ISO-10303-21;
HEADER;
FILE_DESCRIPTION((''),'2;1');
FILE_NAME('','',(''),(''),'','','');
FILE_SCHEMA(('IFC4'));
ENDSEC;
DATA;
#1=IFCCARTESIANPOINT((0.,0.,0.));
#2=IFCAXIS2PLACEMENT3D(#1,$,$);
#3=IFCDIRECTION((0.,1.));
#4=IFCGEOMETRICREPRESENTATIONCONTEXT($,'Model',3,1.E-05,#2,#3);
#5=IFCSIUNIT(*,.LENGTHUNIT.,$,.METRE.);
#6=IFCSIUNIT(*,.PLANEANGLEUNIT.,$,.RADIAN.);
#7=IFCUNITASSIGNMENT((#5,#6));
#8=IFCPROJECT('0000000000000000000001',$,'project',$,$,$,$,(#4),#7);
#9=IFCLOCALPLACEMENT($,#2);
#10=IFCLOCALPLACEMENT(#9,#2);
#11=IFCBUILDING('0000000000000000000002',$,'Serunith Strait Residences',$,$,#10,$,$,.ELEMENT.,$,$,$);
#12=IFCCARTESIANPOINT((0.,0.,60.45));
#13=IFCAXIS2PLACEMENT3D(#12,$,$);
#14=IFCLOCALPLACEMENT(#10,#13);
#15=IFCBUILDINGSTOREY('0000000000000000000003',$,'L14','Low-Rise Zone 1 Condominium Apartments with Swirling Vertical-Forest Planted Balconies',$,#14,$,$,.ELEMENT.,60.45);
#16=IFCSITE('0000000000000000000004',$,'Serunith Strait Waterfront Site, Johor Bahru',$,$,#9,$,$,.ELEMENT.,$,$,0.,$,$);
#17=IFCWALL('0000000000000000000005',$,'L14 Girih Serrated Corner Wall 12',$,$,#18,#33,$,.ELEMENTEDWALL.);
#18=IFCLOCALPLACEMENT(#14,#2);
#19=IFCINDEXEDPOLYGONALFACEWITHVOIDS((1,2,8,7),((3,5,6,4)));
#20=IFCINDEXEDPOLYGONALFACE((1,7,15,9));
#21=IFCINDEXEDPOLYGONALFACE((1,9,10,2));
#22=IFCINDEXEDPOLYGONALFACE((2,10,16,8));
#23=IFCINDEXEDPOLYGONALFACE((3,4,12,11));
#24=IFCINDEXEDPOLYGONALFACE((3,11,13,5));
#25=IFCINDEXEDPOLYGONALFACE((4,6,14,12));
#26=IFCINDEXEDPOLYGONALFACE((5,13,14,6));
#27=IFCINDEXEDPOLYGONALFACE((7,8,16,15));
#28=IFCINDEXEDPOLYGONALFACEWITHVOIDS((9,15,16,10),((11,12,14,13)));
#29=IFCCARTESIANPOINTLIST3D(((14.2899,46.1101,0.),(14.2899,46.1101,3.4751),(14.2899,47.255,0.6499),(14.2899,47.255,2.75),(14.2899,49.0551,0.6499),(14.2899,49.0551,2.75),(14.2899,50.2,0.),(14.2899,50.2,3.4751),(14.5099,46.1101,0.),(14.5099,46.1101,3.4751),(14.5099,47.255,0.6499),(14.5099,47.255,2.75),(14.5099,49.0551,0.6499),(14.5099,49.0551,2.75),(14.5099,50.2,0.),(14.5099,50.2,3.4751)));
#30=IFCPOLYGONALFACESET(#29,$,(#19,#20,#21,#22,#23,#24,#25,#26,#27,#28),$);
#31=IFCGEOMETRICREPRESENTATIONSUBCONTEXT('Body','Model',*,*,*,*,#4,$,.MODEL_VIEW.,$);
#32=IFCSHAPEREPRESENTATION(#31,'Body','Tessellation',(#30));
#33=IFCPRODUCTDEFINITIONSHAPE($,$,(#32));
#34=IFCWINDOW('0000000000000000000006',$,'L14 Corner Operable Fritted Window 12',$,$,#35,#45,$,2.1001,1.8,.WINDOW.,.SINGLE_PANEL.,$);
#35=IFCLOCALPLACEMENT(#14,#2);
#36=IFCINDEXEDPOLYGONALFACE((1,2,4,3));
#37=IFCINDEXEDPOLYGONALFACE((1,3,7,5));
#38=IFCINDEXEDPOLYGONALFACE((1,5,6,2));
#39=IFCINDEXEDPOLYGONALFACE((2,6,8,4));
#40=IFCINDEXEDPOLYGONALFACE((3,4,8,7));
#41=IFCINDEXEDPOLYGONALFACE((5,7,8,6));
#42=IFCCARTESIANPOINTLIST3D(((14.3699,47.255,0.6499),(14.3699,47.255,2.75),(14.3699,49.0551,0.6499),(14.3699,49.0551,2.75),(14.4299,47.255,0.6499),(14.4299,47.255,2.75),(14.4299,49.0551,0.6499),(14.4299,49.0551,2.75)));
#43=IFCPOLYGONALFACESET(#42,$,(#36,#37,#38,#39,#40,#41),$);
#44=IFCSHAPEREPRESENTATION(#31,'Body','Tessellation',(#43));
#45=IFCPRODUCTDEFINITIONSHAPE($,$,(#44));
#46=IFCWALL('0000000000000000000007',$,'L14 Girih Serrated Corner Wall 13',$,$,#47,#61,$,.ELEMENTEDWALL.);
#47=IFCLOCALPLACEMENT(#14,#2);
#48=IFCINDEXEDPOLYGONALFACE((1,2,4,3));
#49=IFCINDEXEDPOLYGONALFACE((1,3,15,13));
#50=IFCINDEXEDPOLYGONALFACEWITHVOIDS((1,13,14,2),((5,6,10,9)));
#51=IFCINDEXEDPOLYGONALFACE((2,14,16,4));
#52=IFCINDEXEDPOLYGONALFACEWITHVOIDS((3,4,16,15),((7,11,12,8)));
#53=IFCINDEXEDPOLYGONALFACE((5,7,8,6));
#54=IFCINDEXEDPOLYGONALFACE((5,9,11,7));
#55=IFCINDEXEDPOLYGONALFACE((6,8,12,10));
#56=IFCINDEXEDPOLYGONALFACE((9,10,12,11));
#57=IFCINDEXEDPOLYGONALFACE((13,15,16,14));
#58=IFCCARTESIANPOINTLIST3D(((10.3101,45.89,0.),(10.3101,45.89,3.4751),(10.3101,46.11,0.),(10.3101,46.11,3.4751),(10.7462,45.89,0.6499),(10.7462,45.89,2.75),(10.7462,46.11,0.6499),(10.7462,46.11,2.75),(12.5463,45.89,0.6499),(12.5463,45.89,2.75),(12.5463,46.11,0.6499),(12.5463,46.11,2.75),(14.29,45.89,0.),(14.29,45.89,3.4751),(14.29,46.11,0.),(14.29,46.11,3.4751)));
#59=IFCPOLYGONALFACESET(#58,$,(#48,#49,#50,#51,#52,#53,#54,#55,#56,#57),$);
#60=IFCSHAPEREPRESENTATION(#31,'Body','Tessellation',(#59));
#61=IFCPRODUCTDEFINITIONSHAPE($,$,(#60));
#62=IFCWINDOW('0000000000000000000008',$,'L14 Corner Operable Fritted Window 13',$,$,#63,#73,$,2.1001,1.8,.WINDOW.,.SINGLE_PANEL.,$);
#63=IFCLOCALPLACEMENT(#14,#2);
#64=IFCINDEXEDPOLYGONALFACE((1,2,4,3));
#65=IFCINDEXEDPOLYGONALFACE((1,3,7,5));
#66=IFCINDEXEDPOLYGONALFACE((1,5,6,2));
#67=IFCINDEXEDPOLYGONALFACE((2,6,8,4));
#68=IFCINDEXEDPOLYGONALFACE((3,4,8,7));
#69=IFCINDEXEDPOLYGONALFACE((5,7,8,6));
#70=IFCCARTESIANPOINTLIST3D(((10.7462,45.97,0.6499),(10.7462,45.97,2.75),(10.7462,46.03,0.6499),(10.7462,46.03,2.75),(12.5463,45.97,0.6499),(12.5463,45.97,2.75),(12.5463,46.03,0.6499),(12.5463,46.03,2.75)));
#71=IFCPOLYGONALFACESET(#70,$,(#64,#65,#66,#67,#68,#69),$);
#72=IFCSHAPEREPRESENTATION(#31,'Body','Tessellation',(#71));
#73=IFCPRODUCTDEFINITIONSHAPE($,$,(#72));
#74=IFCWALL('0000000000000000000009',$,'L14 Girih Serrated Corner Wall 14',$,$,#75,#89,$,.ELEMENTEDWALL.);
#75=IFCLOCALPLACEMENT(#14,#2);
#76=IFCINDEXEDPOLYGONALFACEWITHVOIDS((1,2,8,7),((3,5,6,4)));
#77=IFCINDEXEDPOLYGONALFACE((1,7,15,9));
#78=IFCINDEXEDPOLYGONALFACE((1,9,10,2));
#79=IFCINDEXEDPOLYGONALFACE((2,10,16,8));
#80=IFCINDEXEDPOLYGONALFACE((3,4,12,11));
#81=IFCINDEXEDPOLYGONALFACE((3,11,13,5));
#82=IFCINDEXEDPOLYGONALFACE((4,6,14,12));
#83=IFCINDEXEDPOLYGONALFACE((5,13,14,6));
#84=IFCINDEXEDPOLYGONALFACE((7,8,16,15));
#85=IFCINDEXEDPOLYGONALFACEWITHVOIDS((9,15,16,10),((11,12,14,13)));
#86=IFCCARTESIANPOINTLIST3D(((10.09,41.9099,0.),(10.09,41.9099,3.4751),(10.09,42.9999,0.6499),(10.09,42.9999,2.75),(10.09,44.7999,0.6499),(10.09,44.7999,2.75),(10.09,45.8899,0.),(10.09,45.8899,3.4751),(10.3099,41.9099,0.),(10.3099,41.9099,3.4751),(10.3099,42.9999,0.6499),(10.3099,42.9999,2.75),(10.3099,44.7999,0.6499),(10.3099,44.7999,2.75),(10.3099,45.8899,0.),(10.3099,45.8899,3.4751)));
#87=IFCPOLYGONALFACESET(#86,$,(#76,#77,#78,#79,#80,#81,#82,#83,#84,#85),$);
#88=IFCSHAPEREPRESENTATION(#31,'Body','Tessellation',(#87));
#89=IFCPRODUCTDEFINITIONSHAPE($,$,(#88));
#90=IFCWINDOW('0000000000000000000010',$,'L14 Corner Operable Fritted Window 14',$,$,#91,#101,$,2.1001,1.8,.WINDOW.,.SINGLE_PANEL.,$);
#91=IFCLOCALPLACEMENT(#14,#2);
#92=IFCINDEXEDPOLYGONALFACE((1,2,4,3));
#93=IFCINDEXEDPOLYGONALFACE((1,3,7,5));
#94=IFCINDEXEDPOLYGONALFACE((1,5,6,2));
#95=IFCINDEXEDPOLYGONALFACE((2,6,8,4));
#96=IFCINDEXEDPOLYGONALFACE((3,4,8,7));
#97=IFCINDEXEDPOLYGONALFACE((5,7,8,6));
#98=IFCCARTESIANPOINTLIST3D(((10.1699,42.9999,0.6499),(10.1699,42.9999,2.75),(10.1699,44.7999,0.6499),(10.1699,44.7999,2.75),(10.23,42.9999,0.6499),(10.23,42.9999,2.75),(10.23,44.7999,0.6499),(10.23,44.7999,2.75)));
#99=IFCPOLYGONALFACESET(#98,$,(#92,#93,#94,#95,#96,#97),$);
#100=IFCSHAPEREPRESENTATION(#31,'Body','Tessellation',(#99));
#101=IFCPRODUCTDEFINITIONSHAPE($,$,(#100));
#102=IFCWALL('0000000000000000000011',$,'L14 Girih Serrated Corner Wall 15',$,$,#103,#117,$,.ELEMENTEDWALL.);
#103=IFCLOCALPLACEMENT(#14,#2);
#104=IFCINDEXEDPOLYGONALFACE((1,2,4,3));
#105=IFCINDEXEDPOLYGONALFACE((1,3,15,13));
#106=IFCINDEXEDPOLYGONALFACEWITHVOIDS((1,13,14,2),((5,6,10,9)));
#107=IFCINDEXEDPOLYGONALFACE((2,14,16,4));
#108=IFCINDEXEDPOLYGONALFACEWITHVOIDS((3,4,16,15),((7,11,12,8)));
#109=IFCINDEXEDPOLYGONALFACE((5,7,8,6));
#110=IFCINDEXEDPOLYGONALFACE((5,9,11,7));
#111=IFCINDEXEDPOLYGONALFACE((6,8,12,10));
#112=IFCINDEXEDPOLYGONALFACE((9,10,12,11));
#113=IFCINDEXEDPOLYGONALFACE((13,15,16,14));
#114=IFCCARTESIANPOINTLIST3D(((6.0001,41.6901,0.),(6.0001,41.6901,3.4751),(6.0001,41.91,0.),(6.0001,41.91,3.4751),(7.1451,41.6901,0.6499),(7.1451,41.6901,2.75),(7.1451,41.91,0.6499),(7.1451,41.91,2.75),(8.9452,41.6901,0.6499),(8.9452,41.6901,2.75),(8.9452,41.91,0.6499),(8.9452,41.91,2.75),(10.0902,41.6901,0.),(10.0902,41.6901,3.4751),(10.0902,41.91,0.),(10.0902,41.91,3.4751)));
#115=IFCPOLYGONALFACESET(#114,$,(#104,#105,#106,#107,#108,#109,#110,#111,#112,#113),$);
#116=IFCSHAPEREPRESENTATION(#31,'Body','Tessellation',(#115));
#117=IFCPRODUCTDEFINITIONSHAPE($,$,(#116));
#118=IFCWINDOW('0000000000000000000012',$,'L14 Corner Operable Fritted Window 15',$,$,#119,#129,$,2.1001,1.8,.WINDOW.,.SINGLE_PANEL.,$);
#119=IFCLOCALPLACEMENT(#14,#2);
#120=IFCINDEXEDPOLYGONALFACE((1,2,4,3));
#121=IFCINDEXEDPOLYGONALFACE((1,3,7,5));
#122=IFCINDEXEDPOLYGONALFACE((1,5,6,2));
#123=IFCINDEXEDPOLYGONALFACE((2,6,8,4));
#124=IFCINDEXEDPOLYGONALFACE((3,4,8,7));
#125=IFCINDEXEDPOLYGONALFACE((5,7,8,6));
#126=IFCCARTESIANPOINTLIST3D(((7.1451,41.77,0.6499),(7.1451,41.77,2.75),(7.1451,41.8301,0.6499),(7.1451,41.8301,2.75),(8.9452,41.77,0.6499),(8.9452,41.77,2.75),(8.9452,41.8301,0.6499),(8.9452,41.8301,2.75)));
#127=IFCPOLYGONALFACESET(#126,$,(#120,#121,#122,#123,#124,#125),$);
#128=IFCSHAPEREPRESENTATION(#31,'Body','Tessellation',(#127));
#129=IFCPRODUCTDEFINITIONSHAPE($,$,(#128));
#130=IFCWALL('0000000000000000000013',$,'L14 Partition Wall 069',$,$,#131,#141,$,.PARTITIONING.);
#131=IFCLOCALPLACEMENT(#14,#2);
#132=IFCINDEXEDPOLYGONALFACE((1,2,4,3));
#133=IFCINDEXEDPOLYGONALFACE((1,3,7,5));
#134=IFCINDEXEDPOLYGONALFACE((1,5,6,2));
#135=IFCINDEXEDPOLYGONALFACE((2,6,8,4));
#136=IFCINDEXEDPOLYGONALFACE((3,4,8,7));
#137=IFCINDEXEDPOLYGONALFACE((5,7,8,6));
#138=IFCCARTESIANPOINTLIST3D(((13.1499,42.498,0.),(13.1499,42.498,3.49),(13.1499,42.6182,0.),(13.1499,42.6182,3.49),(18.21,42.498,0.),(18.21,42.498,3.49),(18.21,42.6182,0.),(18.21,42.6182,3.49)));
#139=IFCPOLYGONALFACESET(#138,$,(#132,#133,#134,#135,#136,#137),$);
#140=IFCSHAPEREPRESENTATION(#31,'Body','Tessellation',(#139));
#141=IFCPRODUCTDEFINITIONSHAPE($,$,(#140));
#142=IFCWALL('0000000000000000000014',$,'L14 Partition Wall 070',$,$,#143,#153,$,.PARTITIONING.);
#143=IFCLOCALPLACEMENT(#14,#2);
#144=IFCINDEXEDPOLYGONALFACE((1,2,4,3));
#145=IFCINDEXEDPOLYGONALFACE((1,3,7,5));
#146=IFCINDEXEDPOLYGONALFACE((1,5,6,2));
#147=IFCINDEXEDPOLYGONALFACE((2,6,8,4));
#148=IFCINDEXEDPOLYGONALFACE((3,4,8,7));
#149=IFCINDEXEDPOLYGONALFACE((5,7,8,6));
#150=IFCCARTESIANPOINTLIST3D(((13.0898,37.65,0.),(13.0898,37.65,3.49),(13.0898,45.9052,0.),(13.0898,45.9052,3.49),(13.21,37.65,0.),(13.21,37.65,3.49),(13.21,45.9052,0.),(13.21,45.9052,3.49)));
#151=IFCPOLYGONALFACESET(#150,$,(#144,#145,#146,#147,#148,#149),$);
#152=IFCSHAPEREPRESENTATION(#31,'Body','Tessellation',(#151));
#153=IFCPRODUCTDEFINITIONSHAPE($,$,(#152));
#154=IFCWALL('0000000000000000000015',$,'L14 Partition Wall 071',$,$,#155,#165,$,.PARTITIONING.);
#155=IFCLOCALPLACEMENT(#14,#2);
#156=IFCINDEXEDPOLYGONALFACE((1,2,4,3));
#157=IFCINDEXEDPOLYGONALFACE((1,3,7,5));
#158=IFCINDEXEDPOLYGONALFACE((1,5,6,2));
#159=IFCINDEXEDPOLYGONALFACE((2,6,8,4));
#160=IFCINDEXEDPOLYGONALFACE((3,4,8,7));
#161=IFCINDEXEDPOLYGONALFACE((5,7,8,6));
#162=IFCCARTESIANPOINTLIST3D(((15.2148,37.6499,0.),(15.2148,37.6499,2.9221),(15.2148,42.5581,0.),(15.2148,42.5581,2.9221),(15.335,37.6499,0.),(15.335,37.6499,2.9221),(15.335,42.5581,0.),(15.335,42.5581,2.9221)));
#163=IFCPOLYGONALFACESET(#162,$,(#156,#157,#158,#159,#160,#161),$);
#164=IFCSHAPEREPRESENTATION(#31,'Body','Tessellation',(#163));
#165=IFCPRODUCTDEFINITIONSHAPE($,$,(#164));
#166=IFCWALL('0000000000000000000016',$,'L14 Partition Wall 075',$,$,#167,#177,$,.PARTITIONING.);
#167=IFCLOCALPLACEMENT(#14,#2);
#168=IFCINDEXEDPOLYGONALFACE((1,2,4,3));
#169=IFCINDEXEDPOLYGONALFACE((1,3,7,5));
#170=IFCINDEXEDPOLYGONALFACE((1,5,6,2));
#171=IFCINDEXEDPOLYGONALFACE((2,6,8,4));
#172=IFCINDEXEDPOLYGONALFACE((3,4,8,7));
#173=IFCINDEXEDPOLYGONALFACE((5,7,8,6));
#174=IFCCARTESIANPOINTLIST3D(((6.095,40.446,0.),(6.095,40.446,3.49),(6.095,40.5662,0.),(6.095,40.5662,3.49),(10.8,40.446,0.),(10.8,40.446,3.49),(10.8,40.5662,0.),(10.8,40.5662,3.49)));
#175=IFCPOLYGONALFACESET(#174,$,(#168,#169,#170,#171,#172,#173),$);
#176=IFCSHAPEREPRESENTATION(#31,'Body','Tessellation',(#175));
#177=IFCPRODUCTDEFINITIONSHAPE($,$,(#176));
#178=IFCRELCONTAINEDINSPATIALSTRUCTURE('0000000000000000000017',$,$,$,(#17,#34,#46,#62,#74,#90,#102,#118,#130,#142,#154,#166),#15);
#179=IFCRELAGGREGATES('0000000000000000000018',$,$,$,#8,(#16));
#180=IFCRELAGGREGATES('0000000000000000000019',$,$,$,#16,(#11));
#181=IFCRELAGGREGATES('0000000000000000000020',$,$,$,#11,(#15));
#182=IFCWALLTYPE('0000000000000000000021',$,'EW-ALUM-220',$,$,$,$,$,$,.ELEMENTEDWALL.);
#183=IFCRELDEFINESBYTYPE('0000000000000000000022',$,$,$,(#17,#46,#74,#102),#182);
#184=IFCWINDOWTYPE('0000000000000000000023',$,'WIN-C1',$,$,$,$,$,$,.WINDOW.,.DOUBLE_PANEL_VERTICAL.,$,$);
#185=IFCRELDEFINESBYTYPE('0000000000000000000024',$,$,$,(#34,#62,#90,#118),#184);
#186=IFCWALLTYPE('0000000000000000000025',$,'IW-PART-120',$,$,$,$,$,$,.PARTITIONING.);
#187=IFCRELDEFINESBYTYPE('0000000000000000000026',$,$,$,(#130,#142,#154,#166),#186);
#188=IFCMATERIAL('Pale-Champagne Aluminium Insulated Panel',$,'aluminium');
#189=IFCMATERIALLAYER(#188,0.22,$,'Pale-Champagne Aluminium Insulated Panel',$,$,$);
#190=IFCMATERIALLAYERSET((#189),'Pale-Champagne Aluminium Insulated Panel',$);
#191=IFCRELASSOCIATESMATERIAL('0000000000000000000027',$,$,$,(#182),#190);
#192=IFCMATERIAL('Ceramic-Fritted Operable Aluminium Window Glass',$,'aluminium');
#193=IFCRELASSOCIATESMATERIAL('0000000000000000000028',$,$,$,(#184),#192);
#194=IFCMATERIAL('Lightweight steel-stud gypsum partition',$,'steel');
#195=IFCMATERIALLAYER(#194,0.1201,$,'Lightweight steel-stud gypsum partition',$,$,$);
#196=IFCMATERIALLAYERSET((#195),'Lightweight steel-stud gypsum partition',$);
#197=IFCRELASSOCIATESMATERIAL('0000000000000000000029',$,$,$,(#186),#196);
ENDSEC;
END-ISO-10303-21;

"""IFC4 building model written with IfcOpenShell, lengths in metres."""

from ifc_helpers import new_model, si_unit, direction, frame, frame_2d, origin, place, context, subcontext, project, spatial, rectangle, extrude, source, transform, mapped, material, layer, layer_set, type_object, element, fill, save


model = new_model("IFC4")

# Units and contexts
model_context = context("Model", 3, precision=1e-05, world=origin(), true_north=direction((0.0, 1.0)))
body_context = subcontext(model_context, "Body", "Model", "MODEL_VIEW")
ifc_project = project(units=[si_unit("LENGTHUNIT", "METRE"), si_unit("PLANEANGLEUNIT", "RADIAN")], contexts=[model_context])

# Site, building, storey
site_placement = place(None, origin())
site = spatial("IfcSite", under=ifc_project, at=site_placement, Name="Serunith Strait Waterfront Site, Johor Bahru", CompositionType="ELEMENT", RefElevation=0.0)
building_placement = place(site_placement, origin())
building = spatial("IfcBuilding", under=site, at=building_placement, Name="Serunith Strait Residences", CompositionType="ELEMENT")
storey_placement = place(building_placement, frame((0.0, 0.0, 60.45)))
storey = spatial("IfcBuildingStorey", under=building, at=storey_placement, Name="L14", Description="Low-Rise Zone 1 Condominium Apartments with Swirling Vertical-Forest Planted Balconies", CompositionType="ELEMENT", Elevation=60.45)

# Walls, openings, windows
ifc_material_1 = material(Name="Pale-Champagne Aluminium Insulated Panel", Category="aluminium")
ifc_layer_1 = layer(ifc_material_1, 0.22, Name="Pale-Champagne Aluminium Insulated Panel")
ifc_layer_set_1 = layer_set([ifc_layer_1], Name="Pale-Champagne Aluminium Insulated Panel")
wall_type_1 = type_object("IfcWallType", Name="EW-ALUM-220", PredefinedType="ELEMENTEDWALL", material=ifc_layer_set_1)
wall_1_placement = place(storey_placement, frame((14.3999, 50.2, 0.0), z_axis=(0.0, 0.0, 1.0), x_axis=(0.0, -1.0, 0.0)))
wall_1 = element("IfcWall", 1, at=wall_1_placement, inside=storey, type_object=wall_type_1, Name="L14 Girih Serrated Corner Wall 12", PredefinedType="ELEMENTEDWALL", context=body_context, shape_type="SweptSolid", body=[
    extrude(rectangle(XDim=4.0898, YDim=0.22, at=frame_2d((2.0449, 0.0))), origin(), (0.0, 0.0, 1.0), 3.4751),
])
opening_1_placement = place(wall_1_placement, frame((1.145, 0.0, 0.6499)))
opening_1 = element("IfcOpeningElement", 2, at=opening_1_placement, cuts=wall_1, PredefinedType="OPENING", context=body_context, shape_type="SweptSolid", body=[
    extrude(rectangle(XDim=1.8, YDim=2.1001, at=frame_2d((0.8999, 1.05))), frame((0.0, 0.1201, 0.0), z_axis=(0.0, -1.0, 0.0), x_axis=(1.0, 0.0, 0.0)), (0.0, 0.0, 1.0), 0.24),
])
ifc_material_2 = material(Name="Ceramic-Fritted Operable Aluminium Window Glass", Category="aluminium")
window_type = type_object("IfcWindowType", Name="WIN-C1", PartitioningType="DOUBLE_PANEL_VERTICAL", PredefinedType="WINDOW", material=ifc_material_2)
shared_shape_1 = source(origin(), body_context, "Body", "SweptSolid", [
    extrude(rectangle(XDim=1.8, YDim=2.1001, at=frame_2d((0.8999, 1.05))), frame((0.0, 0.03, 0.0), z_axis=(0.0, -1.0, 0.0), x_axis=(1.0, 0.0, 0.0)), (0.0, 0.0, 1.0), 0.0601),
])
window_1_placement = place(opening_1_placement, origin())
window_1 = element("IfcWindow", 3, at=window_1_placement, inside=storey, type_object=window_type, Name="L14 Corner Operable Fritted Window 12", OverallHeight=2.1001, OverallWidth=1.8, PartitioningType="SINGLE_PANEL", PredefinedType="WINDOW", context=body_context, shape_type="MappedRepresentation", body=[
    mapped(shared_shape_1, transform((0.0, 0.0, 0.0), scale=1.0)),
])
fill(opening_1, window_1)
wall_2_placement = place(storey_placement, frame((14.29, 46.0, 0.0), z_axis=(0.0, 0.0, 1.0), x_axis=(-1.0, 0.0, 0.0)))
wall_2 = element("IfcWall", 4, at=wall_2_placement, inside=storey, type_object=wall_type_1, Name="L14 Girih Serrated Corner Wall 13", PredefinedType="ELEMENTEDWALL", context=body_context, shape_type="SweptSolid", body=[
    extrude(rectangle(XDim=3.98, YDim=0.22, at=frame_2d((1.99, 0.0))), origin(), (0.0, 0.0, 1.0), 3.4751),
])
opening_2_placement = place(wall_2_placement, frame((1.7439, 0.0, 0.6499)))
opening_2 = element("IfcOpeningElement", 5, at=opening_2_placement, cuts=wall_2, PredefinedType="OPENING", context=body_context, shape_type="SweptSolid", body=[
    extrude(rectangle(XDim=1.8, YDim=2.1001, at=frame_2d((0.8999, 1.05))), frame((0.0, 0.1201, 0.0), z_axis=(0.0, -1.0, 0.0), x_axis=(1.0, 0.0, 0.0)), (0.0, 0.0, 1.0), 0.24),
])
window_2_placement = place(opening_2_placement, origin())
window_2 = element("IfcWindow", 6, at=window_2_placement, inside=storey, type_object=window_type, Name="L14 Corner Operable Fritted Window 13", OverallHeight=2.1001, OverallWidth=1.8, PartitioningType="SINGLE_PANEL", PredefinedType="WINDOW", context=body_context, shape_type="MappedRepresentation", body=[
    mapped(shared_shape_1, transform((0.0, 0.0, 0.0), scale=1.0)),
])
fill(opening_2, window_2)
wall_3_placement = place(storey_placement, frame((10.2, 45.8899, 0.0), z_axis=(0.0, 0.0, 1.0), x_axis=(0.0, -1.0, 0.0)))
wall_3 = element("IfcWall", 7, at=wall_3_placement, inside=storey, type_object=wall_type_1, Name="L14 Girih Serrated Corner Wall 14", PredefinedType="ELEMENTEDWALL", context=body_context, shape_type="SweptSolid", body=[
    extrude(rectangle(XDim=3.98, YDim=0.22, at=frame_2d((1.99, 0.0))), origin(), (0.0, 0.0, 1.0), 3.4751),
])
opening_3_placement = place(wall_3_placement, frame((1.0901, 0.0, 0.6499)))
opening_3 = element("IfcOpeningElement", 8, at=opening_3_placement, cuts=wall_3, PredefinedType="OPENING", context=body_context, shape_type="SweptSolid", body=[
    extrude(rectangle(XDim=1.8, YDim=2.1001, at=frame_2d((0.8999, 1.05))), frame((0.0, 0.1201, 0.0), z_axis=(0.0, -1.0, 0.0), x_axis=(1.0, 0.0, 0.0)), (0.0, 0.0, 1.0), 0.24),
])
window_3_placement = place(opening_3_placement, origin())
window_3 = element("IfcWindow", 9, at=window_3_placement, inside=storey, type_object=window_type, Name="L14 Corner Operable Fritted Window 14", OverallHeight=2.1001, OverallWidth=1.8, PartitioningType="SINGLE_PANEL", PredefinedType="WINDOW", context=body_context, shape_type="MappedRepresentation", body=[
    mapped(shared_shape_1, transform((0.0, 0.0, 0.0), scale=1.0)),
])
fill(opening_3, window_3)
wall_4_placement = place(storey_placement, frame((10.0901, 41.8, 0.0), z_axis=(0.0, 0.0, 1.0), x_axis=(-1.0, 0.0, 0.0)))
wall_4 = element("IfcWall", 10, at=wall_4_placement, inside=storey, type_object=wall_type_1, Name="L14 Girih Serrated Corner Wall 15", PredefinedType="ELEMENTEDWALL", context=body_context, shape_type="SweptSolid", body=[
    extrude(rectangle(XDim=4.0901, YDim=0.22, at=frame_2d((2.0449, 0.0))), origin(), (0.0, 0.0, 1.0), 3.4751),
])
opening_4_placement = place(wall_4_placement, frame((1.145, 0.0, 0.6499)))
opening_4 = element("IfcOpeningElement", 11, at=opening_4_placement, cuts=wall_4, PredefinedType="OPENING", context=body_context, shape_type="SweptSolid", body=[
    extrude(rectangle(XDim=1.8, YDim=2.1001, at=frame_2d((0.8999, 1.05))), frame((0.0, 0.1201, 0.0), z_axis=(0.0, -1.0, 0.0), x_axis=(1.0, 0.0, 0.0)), (0.0, 0.0, 1.0), 0.24),
])
window_4_placement = place(opening_4_placement, origin())
window_4 = element("IfcWindow", 12, at=window_4_placement, inside=storey, type_object=window_type, Name="L14 Corner Operable Fritted Window 15", OverallHeight=2.1001, OverallWidth=1.8, PartitioningType="SINGLE_PANEL", PredefinedType="WINDOW", context=body_context, shape_type="MappedRepresentation", body=[
    mapped(shared_shape_1, transform((0.0, 0.0, 0.0), scale=1.0)),
])
fill(opening_4, window_4)

# Walls
ifc_material_3 = material(Name="Lightweight steel-stud gypsum partition", Category="steel")
ifc_layer_2 = layer(ifc_material_3, 0.1201, Name="Lightweight steel-stud gypsum partition")
ifc_layer_set_2 = layer_set([ifc_layer_2], Name="Lightweight steel-stud gypsum partition")
wall_type_2 = type_object("IfcWallType", Name="IW-PART-120", PredefinedType="PARTITIONING", material=ifc_layer_set_2)
wall_5_placement = place(storey_placement, frame((13.1499, 42.5581, 0.0), z_axis=(0.0, 0.0, 1.0), x_axis=(1.0, 0.0, 0.0)))
element("IfcWall", 13, at=wall_5_placement, inside=storey, type_object=wall_type_2, Name="L14 Partition Wall 069", PredefinedType="PARTITIONING", context=body_context, shape_type="SweptSolid", body=[
    extrude(rectangle(XDim=5.0601, YDim=0.1201, at=frame_2d((2.53, 0.0))), origin(), (0.0, 0.0, 1.0), 3.49),
])
wall_6_placement = place(storey_placement, frame((13.1499, 45.905, 0.0), z_axis=(0.0, 0.0, 1.0), x_axis=(0.0, -1.0, 0.0)))
element("IfcWall", 14, at=wall_6_placement, inside=storey, type_object=wall_type_2, Name="L14 Partition Wall 070", PredefinedType="PARTITIONING", context=body_context, shape_type="SweptSolid", body=[
    extrude(rectangle(XDim=8.2551, YDim=0.1201, at=frame_2d((4.1274, 0.0))), origin(), (0.0, 0.0, 1.0), 3.49),
])
wall_7_placement = place(storey_placement, frame((15.2749, 42.5581, 0.0), z_axis=(0.0, 0.0, 1.0), x_axis=(0.0, -1.0, 0.0)))
element("IfcWall", 15, at=wall_7_placement, inside=storey, type_object=wall_type_2, Name="L14 Partition Wall 071", PredefinedType="PARTITIONING", context=body_context, shape_type="SweptSolid", body=[
    extrude(rectangle(XDim=4.9082, YDim=0.1201, at=frame_2d((2.4541, 0.0))), origin(), (0.0, 0.0, 1.0), 2.9221),
])
wall_8_placement = place(storey_placement, frame((6.095, 40.5061, 0.0), z_axis=(0.0, 0.0, 1.0), x_axis=(1.0, 0.0, 0.0)))
element("IfcWall", 16, at=wall_8_placement, inside=storey, type_object=wall_type_2, Name="L14 Partition Wall 075", PredefinedType="PARTITIONING", context=body_context, shape_type="SweptSolid", body=[
    extrude(rectangle(XDim=4.7051, YDim=0.1201, at=frame_2d((2.3525, 0.0))), origin(), (0.0, 0.0, 1.0), 3.49),
])

save(model, "model.ifc")
